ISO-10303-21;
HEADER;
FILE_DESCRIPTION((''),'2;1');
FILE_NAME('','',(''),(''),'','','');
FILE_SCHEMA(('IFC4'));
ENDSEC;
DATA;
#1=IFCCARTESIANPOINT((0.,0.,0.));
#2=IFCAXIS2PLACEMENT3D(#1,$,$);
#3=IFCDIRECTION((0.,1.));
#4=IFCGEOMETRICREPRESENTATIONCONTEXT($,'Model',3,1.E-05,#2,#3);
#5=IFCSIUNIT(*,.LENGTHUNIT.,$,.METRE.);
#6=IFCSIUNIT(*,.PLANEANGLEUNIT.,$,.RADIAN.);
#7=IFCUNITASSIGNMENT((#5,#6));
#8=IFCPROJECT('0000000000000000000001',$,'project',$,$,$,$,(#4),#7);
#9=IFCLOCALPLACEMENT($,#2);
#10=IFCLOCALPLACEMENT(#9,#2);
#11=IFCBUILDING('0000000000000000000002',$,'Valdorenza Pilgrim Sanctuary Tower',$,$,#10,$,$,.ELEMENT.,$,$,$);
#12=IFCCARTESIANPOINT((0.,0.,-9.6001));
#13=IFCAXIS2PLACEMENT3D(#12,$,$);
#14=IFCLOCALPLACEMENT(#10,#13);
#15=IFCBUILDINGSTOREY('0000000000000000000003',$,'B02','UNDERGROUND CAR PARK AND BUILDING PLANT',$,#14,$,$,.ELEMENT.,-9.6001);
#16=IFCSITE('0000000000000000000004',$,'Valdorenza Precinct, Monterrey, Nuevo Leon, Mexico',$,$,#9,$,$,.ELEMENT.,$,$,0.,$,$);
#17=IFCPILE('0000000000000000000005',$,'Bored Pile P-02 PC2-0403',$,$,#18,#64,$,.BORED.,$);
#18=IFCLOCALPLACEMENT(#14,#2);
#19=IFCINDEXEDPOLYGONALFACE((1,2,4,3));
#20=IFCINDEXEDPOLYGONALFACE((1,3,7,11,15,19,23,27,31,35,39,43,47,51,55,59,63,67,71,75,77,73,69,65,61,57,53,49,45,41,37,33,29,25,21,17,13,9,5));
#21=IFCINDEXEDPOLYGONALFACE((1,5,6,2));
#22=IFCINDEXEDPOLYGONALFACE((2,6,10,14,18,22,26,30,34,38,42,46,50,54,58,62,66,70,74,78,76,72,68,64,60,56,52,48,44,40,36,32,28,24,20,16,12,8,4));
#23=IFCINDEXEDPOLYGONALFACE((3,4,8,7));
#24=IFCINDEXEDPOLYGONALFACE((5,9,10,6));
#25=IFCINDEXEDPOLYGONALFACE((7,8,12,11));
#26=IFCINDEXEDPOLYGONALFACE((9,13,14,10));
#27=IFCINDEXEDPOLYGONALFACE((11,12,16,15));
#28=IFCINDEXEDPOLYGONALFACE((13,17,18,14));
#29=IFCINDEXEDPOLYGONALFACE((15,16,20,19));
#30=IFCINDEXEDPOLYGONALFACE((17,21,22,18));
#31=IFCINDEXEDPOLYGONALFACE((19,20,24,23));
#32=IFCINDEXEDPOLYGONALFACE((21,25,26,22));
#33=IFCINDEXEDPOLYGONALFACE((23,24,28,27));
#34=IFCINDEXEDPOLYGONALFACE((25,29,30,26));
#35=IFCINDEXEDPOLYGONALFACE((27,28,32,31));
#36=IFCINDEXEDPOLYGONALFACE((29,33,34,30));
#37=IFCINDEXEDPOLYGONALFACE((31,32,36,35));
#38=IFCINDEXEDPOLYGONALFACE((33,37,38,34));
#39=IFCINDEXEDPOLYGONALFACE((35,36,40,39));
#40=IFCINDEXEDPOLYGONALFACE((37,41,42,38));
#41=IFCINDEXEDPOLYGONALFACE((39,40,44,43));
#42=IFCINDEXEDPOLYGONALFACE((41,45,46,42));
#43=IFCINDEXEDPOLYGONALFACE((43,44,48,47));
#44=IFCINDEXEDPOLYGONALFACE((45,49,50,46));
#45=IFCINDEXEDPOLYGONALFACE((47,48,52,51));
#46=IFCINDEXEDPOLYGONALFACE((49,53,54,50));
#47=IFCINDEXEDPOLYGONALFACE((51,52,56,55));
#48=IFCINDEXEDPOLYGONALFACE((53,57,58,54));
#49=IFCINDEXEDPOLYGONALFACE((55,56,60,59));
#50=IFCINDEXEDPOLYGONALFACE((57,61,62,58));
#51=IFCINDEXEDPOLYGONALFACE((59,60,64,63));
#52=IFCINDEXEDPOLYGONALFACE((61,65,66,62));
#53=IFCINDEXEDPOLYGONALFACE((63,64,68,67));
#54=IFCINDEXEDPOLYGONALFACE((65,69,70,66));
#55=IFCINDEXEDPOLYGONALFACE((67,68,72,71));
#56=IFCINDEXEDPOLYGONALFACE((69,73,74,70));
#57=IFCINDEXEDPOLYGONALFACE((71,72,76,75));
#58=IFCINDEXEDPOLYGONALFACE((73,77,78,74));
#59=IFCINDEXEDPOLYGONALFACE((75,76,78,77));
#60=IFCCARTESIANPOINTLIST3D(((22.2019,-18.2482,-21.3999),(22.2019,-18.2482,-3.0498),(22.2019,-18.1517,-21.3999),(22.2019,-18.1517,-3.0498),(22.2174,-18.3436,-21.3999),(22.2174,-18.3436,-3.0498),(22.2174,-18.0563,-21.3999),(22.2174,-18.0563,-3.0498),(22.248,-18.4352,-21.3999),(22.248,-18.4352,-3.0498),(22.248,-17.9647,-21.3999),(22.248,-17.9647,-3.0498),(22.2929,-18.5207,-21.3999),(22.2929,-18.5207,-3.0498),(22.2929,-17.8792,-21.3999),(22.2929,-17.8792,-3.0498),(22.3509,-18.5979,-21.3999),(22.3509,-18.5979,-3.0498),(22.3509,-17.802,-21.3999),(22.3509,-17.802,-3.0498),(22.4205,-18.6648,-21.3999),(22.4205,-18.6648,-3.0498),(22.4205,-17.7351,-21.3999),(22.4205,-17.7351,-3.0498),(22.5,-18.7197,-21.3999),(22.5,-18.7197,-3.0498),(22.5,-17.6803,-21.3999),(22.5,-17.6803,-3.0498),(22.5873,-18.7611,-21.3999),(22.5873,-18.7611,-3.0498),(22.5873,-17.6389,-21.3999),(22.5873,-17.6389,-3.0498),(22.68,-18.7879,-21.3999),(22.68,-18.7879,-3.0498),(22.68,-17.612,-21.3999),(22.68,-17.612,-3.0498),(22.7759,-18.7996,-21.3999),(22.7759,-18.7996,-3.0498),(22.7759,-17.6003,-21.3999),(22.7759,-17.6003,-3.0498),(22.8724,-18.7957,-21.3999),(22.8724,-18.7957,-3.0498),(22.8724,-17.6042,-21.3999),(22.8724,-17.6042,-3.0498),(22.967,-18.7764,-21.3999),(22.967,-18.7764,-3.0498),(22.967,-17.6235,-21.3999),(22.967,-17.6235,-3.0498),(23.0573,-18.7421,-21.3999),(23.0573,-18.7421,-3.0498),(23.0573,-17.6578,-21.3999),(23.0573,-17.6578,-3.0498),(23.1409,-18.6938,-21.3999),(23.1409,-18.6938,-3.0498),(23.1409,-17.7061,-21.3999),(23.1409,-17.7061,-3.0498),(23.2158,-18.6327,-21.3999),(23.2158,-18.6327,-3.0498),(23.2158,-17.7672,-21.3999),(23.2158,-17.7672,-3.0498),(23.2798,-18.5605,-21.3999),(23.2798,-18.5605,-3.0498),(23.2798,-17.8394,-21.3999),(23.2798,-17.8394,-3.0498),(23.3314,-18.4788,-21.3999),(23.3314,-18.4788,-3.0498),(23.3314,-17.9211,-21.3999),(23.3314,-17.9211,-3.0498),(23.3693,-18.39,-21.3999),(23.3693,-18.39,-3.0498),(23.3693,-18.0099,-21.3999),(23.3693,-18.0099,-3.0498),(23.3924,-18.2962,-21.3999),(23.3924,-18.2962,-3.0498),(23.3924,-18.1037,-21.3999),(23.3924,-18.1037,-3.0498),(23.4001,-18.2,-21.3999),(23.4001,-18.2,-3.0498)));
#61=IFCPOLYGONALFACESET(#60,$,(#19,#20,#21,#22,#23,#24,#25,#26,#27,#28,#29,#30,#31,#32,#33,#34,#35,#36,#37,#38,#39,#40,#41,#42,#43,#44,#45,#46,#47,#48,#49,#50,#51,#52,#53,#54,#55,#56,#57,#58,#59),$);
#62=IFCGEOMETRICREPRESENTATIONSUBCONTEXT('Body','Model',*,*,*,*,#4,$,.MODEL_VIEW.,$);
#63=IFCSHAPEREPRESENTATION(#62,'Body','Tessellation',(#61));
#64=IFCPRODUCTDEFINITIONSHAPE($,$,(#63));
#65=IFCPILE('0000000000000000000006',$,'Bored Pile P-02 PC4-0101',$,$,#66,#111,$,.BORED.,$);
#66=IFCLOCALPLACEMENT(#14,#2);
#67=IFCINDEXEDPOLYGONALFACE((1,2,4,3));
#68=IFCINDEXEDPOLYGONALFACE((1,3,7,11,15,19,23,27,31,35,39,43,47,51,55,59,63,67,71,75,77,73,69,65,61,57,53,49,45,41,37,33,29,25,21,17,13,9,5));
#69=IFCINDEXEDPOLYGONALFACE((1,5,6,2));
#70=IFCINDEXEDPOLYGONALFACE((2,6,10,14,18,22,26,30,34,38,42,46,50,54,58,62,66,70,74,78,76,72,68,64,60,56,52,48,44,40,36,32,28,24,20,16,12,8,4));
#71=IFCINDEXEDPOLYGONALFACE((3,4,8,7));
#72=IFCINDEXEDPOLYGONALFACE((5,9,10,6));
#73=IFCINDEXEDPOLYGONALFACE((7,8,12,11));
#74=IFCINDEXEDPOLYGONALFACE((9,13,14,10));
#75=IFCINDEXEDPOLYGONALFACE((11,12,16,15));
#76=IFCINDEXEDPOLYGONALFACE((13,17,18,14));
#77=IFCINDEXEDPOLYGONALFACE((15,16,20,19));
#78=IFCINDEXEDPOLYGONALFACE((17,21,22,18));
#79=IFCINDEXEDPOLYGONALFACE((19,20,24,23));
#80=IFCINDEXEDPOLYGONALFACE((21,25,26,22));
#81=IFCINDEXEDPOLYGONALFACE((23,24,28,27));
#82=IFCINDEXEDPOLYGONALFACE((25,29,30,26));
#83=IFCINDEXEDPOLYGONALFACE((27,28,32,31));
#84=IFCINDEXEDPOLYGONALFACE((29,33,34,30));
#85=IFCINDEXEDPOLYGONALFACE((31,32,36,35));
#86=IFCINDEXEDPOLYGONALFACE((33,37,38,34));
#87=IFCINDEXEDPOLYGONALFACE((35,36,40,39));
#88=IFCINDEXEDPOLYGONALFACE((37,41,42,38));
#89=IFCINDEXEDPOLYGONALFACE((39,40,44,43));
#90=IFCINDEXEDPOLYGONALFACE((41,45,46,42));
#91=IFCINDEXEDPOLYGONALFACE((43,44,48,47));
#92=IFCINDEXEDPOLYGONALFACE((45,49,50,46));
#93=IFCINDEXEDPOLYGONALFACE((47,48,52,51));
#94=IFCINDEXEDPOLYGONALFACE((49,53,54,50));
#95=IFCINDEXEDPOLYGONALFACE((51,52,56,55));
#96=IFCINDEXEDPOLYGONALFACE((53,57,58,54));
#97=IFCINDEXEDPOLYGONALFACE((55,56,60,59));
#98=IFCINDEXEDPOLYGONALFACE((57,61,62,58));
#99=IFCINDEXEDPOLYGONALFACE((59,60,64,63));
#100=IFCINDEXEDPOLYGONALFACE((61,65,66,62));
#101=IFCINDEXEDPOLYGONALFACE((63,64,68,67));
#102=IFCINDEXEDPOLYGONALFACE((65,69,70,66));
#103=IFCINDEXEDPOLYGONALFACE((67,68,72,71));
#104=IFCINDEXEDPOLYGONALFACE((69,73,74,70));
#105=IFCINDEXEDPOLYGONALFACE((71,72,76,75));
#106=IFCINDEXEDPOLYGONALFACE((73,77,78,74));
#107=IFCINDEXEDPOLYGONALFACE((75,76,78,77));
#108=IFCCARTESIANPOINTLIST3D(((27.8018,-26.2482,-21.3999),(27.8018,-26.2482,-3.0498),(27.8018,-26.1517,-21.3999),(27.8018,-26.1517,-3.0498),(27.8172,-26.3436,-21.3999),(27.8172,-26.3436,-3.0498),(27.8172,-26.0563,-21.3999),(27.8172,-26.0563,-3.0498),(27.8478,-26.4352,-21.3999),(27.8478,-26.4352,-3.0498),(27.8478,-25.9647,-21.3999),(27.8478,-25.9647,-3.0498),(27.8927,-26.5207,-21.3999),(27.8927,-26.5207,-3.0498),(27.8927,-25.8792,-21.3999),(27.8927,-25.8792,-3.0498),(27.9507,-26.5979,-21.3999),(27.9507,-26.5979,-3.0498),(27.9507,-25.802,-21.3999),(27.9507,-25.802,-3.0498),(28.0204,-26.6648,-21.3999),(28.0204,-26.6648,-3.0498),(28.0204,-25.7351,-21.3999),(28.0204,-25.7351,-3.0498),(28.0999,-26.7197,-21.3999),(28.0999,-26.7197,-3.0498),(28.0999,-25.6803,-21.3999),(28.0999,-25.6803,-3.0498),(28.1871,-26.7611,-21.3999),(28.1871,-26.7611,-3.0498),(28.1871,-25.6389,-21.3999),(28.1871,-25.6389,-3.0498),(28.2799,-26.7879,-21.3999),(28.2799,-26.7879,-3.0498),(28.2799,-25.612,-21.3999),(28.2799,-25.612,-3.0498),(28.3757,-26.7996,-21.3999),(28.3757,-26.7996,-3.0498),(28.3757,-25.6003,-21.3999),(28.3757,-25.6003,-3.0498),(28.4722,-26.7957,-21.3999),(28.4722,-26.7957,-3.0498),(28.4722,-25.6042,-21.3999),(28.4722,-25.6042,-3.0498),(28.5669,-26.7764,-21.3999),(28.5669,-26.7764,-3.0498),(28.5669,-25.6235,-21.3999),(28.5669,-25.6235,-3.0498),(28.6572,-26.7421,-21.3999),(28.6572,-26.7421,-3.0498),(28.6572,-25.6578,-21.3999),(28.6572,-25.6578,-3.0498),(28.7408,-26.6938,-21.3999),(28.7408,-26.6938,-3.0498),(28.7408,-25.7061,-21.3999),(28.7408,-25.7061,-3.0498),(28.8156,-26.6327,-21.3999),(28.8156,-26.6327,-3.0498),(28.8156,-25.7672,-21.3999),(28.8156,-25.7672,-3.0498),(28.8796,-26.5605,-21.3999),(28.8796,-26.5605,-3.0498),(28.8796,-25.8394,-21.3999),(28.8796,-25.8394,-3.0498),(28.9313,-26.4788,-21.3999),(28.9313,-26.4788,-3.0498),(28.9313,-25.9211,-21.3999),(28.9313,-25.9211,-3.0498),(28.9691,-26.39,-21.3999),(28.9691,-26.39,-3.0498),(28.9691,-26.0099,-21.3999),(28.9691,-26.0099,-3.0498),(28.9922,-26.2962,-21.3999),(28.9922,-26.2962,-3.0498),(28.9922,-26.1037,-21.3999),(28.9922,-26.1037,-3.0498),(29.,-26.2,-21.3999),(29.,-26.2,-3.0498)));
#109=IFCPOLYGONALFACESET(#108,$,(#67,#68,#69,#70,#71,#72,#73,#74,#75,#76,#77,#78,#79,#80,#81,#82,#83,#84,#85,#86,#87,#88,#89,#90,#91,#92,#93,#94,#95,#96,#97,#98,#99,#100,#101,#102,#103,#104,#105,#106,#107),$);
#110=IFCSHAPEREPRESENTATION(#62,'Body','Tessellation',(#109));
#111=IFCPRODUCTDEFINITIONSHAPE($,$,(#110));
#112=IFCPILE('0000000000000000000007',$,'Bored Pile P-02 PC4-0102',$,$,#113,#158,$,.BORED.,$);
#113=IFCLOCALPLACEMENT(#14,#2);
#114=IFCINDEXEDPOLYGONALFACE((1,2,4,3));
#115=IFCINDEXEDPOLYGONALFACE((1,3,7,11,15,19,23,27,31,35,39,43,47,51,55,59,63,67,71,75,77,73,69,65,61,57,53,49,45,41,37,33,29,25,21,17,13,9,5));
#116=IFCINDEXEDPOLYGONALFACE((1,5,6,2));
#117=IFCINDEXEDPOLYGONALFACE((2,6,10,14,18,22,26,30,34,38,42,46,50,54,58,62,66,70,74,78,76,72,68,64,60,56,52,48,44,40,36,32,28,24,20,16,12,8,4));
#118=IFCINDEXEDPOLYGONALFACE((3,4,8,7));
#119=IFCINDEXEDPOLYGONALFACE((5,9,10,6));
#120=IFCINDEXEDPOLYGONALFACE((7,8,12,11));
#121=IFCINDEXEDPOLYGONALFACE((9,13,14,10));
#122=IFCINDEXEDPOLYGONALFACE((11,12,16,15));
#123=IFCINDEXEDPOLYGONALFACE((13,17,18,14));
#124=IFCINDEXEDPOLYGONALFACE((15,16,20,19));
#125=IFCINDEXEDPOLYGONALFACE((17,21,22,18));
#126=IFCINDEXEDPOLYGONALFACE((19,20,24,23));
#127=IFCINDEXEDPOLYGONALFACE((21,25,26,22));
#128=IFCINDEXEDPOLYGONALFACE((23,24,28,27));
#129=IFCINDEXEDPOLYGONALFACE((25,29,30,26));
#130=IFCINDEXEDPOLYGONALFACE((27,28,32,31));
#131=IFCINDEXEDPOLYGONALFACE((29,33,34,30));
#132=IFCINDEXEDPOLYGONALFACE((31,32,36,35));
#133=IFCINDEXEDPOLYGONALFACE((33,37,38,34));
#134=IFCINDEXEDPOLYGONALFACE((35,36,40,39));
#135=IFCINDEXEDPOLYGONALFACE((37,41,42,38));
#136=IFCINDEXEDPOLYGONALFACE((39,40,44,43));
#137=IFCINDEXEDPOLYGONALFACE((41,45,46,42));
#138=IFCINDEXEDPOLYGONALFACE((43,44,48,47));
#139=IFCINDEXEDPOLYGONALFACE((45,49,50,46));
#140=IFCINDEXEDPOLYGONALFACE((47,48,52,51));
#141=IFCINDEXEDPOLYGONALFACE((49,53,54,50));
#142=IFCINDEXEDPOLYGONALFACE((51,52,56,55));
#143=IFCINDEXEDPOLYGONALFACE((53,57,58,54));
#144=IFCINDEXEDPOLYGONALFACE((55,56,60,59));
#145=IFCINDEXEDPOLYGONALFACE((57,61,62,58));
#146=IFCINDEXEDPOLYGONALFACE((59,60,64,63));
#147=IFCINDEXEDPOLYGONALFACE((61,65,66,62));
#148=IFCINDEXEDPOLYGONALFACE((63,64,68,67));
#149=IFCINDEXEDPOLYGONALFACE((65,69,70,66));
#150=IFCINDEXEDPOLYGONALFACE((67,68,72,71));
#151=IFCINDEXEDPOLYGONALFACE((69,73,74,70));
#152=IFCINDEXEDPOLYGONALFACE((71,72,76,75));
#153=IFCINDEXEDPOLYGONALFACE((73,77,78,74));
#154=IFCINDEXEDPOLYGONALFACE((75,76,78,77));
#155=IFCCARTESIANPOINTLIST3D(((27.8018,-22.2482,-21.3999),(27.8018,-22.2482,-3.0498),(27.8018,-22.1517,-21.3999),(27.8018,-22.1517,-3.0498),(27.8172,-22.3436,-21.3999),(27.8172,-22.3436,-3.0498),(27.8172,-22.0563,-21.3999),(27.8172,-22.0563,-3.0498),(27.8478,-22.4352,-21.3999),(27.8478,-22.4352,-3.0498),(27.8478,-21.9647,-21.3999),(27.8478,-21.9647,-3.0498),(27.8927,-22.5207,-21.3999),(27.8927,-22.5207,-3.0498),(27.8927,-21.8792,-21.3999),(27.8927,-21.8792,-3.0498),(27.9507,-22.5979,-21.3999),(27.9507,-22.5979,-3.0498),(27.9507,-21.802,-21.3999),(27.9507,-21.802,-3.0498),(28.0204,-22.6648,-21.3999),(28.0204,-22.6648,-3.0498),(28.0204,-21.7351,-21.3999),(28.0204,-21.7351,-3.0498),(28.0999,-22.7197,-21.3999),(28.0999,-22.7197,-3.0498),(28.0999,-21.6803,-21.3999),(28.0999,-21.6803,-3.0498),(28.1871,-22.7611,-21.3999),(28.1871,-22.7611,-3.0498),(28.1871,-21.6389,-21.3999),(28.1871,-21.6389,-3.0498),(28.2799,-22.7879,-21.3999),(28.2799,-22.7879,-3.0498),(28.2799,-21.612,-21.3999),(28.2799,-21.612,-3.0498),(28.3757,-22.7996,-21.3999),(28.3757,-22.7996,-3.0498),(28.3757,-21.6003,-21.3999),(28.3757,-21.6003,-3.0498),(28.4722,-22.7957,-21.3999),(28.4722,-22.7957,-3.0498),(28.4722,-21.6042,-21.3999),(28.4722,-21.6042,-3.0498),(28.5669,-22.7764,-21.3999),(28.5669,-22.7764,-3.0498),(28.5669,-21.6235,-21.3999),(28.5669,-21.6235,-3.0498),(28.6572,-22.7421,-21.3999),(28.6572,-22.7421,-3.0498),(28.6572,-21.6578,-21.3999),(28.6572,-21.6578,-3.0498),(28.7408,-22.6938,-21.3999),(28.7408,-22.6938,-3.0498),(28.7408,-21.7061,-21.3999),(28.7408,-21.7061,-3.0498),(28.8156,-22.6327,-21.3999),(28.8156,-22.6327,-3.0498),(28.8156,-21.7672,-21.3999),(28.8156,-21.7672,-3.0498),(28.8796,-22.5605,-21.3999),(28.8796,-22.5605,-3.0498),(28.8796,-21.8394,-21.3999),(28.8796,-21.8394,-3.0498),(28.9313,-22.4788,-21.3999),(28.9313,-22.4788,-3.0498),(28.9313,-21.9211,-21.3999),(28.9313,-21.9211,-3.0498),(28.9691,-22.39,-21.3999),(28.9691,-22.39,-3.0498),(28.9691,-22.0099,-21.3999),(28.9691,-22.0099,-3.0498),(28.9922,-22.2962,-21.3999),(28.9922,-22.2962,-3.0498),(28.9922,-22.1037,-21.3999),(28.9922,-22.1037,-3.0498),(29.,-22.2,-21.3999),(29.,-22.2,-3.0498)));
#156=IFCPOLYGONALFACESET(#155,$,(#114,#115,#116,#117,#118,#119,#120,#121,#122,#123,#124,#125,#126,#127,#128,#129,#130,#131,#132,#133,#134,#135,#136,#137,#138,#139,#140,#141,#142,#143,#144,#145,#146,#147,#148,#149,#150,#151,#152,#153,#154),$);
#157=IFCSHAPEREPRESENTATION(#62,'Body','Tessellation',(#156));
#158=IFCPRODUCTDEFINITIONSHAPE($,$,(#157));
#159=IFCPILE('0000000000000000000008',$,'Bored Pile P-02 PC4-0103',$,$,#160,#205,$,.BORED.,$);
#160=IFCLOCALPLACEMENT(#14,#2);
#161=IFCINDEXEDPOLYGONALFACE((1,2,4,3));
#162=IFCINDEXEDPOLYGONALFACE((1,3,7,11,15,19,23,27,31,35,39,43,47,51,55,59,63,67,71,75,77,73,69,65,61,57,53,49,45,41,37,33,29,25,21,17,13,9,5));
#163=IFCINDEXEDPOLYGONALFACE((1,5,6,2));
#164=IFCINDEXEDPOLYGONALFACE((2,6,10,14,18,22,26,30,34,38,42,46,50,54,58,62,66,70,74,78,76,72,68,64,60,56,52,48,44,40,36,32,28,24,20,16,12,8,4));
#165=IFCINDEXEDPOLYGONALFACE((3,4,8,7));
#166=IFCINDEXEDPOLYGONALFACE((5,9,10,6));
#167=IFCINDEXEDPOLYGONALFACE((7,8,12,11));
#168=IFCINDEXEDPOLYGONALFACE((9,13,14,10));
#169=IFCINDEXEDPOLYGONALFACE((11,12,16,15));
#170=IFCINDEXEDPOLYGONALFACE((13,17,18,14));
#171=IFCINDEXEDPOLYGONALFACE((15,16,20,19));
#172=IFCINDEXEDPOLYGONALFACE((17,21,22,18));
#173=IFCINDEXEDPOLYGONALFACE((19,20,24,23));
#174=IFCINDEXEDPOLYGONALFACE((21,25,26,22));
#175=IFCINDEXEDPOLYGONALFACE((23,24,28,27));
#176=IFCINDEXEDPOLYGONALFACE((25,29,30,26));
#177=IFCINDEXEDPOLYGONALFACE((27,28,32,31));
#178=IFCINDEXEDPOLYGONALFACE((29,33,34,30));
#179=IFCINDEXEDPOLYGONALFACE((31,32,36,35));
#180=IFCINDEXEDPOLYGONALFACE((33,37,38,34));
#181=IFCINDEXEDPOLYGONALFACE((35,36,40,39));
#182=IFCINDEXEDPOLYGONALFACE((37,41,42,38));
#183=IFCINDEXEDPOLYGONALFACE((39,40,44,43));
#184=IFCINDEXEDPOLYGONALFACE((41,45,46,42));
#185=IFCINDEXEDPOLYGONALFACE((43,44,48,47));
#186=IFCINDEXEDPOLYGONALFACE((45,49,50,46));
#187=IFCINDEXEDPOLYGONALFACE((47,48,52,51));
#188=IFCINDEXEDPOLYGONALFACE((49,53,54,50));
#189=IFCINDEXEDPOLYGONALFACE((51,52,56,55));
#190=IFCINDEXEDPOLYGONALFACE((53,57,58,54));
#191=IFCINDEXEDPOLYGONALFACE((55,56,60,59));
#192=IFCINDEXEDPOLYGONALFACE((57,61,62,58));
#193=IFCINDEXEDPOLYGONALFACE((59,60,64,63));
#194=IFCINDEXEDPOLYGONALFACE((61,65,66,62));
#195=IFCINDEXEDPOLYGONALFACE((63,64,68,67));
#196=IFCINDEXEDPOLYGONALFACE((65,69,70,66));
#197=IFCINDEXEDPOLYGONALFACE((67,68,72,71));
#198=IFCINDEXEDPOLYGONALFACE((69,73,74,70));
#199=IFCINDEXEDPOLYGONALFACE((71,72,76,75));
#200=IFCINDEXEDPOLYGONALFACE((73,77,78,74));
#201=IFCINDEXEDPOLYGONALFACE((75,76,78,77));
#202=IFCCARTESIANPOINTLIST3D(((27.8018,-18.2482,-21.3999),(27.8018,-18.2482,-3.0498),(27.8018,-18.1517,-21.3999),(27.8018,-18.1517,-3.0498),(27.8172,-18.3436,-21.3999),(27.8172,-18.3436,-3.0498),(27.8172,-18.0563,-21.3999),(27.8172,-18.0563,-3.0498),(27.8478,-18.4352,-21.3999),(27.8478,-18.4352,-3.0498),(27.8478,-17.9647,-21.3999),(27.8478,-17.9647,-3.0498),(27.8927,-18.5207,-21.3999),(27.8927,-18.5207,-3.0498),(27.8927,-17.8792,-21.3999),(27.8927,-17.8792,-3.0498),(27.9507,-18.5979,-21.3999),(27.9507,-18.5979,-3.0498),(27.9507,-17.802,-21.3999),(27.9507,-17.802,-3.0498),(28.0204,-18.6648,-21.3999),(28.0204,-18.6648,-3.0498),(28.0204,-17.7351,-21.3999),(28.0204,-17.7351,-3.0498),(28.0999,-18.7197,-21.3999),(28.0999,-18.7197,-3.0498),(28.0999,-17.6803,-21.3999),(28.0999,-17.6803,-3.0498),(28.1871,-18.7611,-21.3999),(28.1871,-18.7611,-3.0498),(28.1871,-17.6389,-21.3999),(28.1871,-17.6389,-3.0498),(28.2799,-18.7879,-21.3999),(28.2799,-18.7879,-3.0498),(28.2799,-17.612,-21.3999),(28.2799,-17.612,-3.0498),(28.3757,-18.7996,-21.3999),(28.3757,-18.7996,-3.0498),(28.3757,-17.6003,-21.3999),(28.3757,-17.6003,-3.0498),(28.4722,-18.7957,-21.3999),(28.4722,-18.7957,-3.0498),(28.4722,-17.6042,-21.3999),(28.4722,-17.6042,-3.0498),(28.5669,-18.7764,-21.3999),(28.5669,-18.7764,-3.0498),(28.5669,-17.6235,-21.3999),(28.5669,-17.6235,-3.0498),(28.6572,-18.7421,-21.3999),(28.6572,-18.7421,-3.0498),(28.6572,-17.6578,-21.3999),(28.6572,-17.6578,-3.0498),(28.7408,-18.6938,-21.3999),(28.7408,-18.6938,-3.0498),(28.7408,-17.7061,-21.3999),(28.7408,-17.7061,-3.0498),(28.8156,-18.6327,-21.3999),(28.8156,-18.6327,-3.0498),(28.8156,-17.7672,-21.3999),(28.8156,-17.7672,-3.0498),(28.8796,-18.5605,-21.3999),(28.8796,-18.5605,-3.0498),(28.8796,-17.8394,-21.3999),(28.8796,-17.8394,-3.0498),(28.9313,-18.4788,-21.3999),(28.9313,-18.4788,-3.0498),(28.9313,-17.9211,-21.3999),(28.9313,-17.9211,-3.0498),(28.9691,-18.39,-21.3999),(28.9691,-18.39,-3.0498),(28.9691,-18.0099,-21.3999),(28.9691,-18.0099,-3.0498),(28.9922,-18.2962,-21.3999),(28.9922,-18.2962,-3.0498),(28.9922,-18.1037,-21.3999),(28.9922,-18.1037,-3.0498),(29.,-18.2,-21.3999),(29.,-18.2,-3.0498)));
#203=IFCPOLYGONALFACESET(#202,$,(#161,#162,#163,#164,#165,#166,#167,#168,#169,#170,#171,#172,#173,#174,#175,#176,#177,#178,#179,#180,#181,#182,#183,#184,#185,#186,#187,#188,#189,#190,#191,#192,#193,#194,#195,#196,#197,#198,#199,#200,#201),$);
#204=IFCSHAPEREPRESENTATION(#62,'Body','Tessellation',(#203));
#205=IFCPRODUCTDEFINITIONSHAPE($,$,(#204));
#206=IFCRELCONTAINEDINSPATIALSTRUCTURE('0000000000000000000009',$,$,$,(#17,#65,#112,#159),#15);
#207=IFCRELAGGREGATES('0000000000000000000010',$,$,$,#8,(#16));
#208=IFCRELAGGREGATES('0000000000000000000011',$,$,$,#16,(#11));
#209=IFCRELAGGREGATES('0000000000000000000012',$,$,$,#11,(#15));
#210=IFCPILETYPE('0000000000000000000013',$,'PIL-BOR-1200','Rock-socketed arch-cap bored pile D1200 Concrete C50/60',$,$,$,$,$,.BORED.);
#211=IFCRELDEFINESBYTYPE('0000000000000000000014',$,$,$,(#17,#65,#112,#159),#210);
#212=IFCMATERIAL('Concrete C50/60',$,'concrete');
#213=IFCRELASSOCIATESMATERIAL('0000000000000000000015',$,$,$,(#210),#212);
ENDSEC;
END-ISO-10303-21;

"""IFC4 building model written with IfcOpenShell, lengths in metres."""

from ifc_helpers import new_model, si_unit, direction, frame, origin, origin_2d, place, context, subcontext, project, spatial, circle, extrude, source, transform, mapped, material, material_profile, profile_set, type_object, element, save


model = new_model("IFC4")

# Units and contexts
model_context = context("Model", 3, precision=1e-05, world=origin(), true_north=direction((0.0, 1.0)))
body_context = subcontext(model_context, "Body", "Model", "MODEL_VIEW")
ifc_project = project(units=[si_unit("LENGTHUNIT", "METRE"), si_unit("PLANEANGLEUNIT", "RADIAN")], contexts=[model_context])

# Site, building, storey
site_placement = place(None, origin())
site = spatial("IfcSite", under=ifc_project, at=site_placement, Name="Valdorenza Precinct, Monterrey, Nuevo Leon, Mexico", CompositionType="ELEMENT", RefElevation=0.0)
building_placement = place(site_placement, origin())
building = spatial("IfcBuilding", under=site, at=building_placement, Name="Valdorenza Pilgrim Sanctuary Tower", CompositionType="ELEMENT")
storey_placement = place(building_placement, frame((0.0, 0.0, -9.6001)))
storey = spatial("IfcBuildingStorey", under=building, at=storey_placement, Name="B02", Description="UNDERGROUND CAR PARK AND BUILDING PLANT", CompositionType="ELEMENT", Elevation=-9.6001)

# Shared definitions
ifc_material_1 = material(Name="Concrete C50/60", Category="concrete")

# Piles
ifc_material_profile_1 = material_profile(ifc_material_1, circle(Radius=0.6001, at=origin_2d()), Name="BORED PILE 1200")
ifc_profile_set_1 = profile_set([ifc_material_profile_1], Name="Concrete C50/60")
pile_type_1 = type_object("IfcPileType", Name="PIL-BOR-1200", Description="Rock-socketed arch-cap bored pile D1200 Concrete C50/60", PredefinedType="BORED", material=ifc_profile_set_1)
shared_shape_1 = source(origin(), body_context, "Body", "SweptSolid", [
    extrude(circle(Radius=0.6001, at=origin_2d()), origin(), (0.0, 0.0, 1.0), 18.3501),
])
for number, where, z_axis, x_axis, name in (
    (1, (22.8, -18.2, -3.0498), (0.0, 0.0, -1.0), (1.0, 0.0, 0.0), "Bored Pile P-02 PC2-0403"),
    (2, (28.3999, -26.2, -3.0498), (0.0, 0.0, -1.0), (1.0, 0.0, 0.0), "Bored Pile P-02 PC4-0101"),
    (3, (28.3999, -22.2, -3.0498), (0.0, 0.0, -1.0), (1.0, 0.0, 0.0), "Bored Pile P-02 PC4-0102"),
    (4, (28.3999, -18.2, -3.0498), (0.0, 0.0, -1.0), (1.0, 0.0, 0.0), "Bored Pile P-02 PC4-0103"),
):
    element("IfcPile", number, at=place(storey_placement, frame(where, z_axis=z_axis, x_axis=x_axis)), inside=storey, type_object=pile_type_1, Name=name, PredefinedType="BORED", context=body_context, shape_type="MappedRepresentation", body=[
        mapped(shared_shape_1, transform((0.0, 0.0, 0.0), x_axis=(1.0, 0.0, 0.0), y_axis=(0.0, 1.0, 0.0), z_axis=(0.0, 0.0, 1.0), scale=1.0)),
    ])

save(model, "model.ifc")
